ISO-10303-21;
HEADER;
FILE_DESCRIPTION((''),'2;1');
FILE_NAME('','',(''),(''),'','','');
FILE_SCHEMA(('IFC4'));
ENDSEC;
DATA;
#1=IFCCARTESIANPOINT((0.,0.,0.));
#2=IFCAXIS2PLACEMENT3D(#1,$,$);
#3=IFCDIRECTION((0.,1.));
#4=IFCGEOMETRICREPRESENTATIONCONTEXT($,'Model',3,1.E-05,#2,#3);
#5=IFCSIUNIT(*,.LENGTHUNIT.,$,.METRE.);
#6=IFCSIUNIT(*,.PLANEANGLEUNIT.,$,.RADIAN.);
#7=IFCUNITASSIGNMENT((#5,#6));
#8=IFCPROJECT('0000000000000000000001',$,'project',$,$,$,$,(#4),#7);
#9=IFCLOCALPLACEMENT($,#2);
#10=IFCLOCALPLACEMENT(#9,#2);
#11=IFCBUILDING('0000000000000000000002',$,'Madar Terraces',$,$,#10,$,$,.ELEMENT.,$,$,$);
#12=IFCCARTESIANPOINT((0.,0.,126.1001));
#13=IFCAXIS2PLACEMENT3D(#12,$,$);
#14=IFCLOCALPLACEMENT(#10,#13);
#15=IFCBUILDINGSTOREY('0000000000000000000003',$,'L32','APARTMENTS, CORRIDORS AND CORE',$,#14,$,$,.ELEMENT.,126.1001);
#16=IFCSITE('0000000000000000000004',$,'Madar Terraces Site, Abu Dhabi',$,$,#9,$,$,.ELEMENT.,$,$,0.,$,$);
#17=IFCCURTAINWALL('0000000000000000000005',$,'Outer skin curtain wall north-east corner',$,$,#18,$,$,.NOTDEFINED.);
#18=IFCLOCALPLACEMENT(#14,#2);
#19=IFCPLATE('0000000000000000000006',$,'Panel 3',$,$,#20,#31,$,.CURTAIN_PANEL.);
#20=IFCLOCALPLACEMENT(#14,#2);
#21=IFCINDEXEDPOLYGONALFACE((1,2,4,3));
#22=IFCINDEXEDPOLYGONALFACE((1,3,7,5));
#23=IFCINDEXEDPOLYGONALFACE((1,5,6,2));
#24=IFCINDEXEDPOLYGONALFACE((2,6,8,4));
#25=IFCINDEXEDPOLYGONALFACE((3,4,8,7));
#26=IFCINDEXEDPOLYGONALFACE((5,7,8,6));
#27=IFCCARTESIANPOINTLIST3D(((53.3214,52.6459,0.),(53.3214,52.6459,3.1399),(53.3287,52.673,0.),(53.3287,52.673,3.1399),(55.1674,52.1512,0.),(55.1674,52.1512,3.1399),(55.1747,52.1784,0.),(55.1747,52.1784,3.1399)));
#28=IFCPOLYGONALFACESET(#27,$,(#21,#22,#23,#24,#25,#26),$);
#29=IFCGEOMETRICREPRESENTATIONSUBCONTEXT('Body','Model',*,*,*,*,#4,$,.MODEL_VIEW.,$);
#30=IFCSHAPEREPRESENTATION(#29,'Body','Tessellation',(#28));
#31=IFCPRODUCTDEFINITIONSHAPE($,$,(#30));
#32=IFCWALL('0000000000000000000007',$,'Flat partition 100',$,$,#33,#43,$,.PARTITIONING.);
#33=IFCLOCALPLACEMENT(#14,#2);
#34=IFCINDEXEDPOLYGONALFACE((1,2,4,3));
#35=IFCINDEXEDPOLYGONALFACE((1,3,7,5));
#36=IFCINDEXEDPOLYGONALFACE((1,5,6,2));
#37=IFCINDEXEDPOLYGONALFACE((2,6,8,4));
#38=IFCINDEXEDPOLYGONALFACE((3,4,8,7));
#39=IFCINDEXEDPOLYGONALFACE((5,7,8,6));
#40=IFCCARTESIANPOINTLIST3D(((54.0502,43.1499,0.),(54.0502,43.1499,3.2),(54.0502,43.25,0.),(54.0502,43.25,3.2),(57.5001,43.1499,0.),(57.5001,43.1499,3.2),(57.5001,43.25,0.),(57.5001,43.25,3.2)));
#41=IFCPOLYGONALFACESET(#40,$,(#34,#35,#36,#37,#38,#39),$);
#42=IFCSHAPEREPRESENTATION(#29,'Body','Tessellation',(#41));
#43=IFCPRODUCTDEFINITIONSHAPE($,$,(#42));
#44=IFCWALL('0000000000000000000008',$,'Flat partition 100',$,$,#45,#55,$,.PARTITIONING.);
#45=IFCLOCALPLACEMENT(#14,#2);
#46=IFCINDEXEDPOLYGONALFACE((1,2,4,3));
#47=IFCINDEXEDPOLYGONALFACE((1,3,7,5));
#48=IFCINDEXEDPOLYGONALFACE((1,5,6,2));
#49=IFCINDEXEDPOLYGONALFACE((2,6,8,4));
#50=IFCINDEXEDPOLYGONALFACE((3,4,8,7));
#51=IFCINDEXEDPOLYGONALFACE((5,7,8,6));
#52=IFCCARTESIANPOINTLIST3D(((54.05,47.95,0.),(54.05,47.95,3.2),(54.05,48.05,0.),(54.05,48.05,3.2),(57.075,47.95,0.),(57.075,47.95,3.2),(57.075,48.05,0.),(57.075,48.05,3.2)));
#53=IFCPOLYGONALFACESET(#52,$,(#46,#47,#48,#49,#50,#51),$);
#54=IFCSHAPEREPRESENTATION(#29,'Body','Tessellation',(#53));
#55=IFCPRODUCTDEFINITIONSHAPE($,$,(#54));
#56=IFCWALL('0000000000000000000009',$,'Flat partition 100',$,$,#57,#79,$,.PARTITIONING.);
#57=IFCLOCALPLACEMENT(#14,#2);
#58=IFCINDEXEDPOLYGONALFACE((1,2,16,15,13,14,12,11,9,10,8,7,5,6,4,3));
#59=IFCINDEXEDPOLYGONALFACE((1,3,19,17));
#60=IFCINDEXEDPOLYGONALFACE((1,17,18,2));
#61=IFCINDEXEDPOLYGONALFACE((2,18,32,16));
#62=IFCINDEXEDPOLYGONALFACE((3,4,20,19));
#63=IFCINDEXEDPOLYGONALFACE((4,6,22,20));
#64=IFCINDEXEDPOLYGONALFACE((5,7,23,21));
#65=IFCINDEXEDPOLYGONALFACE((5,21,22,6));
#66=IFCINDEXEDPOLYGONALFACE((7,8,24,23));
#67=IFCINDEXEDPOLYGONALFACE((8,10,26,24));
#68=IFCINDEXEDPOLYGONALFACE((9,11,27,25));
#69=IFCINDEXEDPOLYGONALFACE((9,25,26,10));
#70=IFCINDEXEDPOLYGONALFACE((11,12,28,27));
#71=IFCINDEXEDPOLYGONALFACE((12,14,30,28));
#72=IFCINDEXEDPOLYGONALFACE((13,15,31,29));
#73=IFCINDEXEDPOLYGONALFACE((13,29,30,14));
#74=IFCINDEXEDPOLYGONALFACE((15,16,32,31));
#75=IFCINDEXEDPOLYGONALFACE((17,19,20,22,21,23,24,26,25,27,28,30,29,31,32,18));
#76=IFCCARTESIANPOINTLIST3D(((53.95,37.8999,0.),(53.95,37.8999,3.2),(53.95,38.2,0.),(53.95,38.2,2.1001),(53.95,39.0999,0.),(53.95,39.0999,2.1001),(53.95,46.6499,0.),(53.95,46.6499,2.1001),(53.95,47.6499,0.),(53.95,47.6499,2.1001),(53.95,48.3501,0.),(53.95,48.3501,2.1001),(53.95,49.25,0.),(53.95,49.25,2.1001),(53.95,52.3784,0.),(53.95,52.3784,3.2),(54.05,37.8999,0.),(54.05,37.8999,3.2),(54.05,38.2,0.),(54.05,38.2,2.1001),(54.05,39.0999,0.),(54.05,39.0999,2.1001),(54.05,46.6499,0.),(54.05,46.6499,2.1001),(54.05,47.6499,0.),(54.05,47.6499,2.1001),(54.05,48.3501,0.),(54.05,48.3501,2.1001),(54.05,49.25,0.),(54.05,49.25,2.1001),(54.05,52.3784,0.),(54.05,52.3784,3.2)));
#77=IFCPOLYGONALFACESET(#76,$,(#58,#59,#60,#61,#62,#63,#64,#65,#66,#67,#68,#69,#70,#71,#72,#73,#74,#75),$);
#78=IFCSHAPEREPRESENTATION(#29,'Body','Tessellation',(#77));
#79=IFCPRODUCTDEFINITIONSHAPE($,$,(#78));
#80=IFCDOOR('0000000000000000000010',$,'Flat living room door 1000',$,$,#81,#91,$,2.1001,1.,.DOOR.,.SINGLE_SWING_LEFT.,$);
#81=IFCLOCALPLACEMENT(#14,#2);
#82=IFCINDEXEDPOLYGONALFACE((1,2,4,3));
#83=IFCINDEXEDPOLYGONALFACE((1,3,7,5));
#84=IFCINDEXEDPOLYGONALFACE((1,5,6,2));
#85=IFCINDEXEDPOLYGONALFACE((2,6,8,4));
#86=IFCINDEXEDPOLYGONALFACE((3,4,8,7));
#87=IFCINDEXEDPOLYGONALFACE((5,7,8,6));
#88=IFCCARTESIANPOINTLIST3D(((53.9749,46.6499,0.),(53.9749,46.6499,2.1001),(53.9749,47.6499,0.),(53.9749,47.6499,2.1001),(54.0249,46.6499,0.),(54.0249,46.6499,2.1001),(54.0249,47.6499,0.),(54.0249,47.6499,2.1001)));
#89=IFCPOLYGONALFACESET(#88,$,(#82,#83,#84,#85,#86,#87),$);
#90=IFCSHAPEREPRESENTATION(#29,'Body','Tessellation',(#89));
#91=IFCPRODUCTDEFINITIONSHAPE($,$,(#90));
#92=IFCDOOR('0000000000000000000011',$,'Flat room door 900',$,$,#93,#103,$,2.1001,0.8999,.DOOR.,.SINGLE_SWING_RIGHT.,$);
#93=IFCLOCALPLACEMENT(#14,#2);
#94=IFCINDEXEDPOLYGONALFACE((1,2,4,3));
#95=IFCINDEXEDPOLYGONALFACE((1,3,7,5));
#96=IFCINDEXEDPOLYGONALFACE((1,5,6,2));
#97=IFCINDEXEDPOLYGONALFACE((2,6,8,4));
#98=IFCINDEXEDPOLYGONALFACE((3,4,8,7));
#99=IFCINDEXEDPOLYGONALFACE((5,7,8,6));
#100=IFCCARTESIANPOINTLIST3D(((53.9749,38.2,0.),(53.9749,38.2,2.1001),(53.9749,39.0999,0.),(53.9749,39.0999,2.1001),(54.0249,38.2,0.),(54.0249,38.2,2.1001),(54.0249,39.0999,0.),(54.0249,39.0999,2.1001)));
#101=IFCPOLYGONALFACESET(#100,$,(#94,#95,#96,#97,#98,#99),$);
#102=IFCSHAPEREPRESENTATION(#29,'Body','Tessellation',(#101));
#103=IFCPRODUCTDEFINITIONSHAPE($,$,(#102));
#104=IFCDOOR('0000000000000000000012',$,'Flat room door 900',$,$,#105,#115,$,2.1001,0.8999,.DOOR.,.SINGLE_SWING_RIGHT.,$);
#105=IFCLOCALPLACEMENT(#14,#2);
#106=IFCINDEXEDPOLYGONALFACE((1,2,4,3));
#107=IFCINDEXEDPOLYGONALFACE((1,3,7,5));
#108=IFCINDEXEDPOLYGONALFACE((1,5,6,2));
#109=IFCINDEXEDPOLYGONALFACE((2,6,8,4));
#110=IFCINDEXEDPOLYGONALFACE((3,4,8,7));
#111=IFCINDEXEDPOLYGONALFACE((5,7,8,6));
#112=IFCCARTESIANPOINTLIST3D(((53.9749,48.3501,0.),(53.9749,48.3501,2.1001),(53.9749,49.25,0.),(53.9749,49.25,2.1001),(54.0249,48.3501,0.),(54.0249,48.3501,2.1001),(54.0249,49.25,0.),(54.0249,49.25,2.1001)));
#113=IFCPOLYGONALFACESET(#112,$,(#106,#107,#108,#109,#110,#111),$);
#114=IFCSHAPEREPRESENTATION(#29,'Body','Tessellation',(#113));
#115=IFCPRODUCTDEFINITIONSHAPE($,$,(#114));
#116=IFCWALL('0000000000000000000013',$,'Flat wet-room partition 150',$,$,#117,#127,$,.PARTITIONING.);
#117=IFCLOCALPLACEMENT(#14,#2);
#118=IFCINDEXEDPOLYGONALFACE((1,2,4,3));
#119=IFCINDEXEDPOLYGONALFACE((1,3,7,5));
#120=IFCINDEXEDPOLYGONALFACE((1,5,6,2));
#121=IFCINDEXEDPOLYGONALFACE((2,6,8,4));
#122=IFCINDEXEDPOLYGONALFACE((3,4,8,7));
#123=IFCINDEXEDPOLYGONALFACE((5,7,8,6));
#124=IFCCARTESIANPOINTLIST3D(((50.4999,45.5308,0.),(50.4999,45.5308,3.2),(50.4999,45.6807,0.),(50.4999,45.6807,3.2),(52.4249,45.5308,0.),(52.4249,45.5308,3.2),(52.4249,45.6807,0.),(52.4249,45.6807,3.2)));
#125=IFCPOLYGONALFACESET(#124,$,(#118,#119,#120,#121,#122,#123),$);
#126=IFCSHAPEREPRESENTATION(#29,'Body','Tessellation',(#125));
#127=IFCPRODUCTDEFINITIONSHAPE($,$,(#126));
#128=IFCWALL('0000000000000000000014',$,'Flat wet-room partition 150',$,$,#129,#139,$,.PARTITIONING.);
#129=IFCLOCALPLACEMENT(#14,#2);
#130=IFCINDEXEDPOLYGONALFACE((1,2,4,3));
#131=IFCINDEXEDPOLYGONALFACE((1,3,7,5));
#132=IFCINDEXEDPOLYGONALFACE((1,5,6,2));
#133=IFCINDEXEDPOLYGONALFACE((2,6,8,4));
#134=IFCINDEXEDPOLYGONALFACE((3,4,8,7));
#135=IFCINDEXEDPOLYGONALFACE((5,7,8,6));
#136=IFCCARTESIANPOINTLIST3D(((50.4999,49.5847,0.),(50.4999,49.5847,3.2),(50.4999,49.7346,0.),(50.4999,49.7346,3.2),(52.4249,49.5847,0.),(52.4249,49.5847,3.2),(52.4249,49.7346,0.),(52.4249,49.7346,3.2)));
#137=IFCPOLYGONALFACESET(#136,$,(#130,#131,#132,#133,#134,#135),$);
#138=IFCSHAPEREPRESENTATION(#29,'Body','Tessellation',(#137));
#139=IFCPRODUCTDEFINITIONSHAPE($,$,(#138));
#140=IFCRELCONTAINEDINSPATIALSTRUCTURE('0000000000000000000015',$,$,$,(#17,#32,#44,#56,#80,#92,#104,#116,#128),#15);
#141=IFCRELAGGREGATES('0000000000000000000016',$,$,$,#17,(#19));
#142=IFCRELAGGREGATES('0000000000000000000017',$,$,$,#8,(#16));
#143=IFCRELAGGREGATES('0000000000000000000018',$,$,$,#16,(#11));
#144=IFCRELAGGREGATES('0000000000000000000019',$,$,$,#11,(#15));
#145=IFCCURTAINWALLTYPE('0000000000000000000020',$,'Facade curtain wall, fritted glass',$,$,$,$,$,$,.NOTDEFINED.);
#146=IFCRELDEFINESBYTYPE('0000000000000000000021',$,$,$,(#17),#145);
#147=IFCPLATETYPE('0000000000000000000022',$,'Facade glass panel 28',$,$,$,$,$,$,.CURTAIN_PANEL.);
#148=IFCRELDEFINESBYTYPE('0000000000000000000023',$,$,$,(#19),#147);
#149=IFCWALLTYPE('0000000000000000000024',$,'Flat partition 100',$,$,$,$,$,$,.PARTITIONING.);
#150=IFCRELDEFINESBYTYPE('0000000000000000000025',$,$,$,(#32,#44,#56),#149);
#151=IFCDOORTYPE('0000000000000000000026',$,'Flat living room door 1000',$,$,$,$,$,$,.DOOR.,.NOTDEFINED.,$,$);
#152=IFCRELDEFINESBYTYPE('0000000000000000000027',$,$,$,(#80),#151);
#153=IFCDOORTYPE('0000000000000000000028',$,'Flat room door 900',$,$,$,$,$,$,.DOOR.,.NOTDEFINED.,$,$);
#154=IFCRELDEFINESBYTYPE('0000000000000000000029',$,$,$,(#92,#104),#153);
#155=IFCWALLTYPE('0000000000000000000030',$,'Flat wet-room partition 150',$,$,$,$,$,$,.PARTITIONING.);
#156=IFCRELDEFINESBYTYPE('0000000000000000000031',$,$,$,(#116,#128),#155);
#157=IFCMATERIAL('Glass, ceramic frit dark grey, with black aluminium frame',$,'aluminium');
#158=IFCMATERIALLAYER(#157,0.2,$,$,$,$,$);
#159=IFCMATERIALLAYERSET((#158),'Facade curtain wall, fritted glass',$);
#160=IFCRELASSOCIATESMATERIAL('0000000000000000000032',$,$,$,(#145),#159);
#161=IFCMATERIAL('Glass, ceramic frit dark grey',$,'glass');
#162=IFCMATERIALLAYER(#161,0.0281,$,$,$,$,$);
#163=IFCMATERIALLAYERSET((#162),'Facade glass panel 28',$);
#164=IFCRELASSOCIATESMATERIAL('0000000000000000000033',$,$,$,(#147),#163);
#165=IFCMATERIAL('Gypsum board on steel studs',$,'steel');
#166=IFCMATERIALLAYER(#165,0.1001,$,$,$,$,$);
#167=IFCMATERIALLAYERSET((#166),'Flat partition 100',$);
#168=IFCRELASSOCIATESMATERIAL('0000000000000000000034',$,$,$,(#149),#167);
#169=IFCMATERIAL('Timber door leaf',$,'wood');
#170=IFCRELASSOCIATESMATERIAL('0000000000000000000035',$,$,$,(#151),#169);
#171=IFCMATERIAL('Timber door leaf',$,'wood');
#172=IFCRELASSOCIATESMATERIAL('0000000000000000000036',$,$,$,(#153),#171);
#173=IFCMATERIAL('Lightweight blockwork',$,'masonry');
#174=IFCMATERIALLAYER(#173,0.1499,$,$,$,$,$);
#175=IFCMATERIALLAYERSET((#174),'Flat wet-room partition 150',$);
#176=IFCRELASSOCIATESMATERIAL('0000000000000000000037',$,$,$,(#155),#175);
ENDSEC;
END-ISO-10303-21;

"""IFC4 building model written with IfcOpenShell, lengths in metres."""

from ifc_helpers import new_model, si_unit, direction, frame, frame_2d, origin, origin_2d, place, context, subcontext, project, spatial, rectangle, extrude, material, layer, layer_set, type_object, element, fill, aggregate, save


model = new_model("IFC4")

# Units and contexts
model_context = context("Model", 3, precision=1e-05, world=origin(), true_north=direction((0.0, 1.0)))
body_context = subcontext(model_context, "Body", "Model", "MODEL_VIEW")
ifc_project = project(units=[si_unit("LENGTHUNIT", "METRE"), si_unit("PLANEANGLEUNIT", "RADIAN")], contexts=[model_context])

# Site, building, storey
site_placement = place(None, origin())
site = spatial("IfcSite", under=ifc_project, at=site_placement, Name="Madar Terraces Site, Abu Dhabi", CompositionType="ELEMENT", RefElevation=0.0)
building_placement = place(site_placement, origin())
building = spatial("IfcBuilding", under=site, at=building_placement, Name="Madar Terraces", CompositionType="ELEMENT")
storey_placement = place(building_placement, frame((0.0, 0.0, 126.1001)))
storey = spatial("IfcBuildingStorey", under=building, at=storey_placement, Name="L32", Description="APARTMENTS, CORRIDORS AND CORE", CompositionType="ELEMENT", Elevation=126.1001)

# Shared definitions
ifc_material_1 = material(Name="Glass, ceramic frit dark grey, with black aluminium frame", Category="aluminium")
ifc_layer_1 = layer(ifc_material_1, 0.2)
ifc_layer_set_1 = layer_set([ifc_layer_1], Name="Facade curtain wall, fritted glass")
curtain_wall_type = type_object("IfcCurtainWallType", Name="Facade curtain wall, fritted glass", PredefinedType="NOTDEFINED", material=ifc_layer_set_1)

# Curtain wall
curtain_wall_1_placement = place(storey_placement, origin())
curtain_wall_1 = element("IfcCurtainWall", 1, at=curtain_wall_1_placement, inside=storey, type_object=curtain_wall_type, Name="Outer skin curtain wall north-east corner", PredefinedType="NOTDEFINED")

# Plate
ifc_material_2 = material(Name="Glass, ceramic frit dark grey", Category="glass")
ifc_layer_2 = layer(ifc_material_2, 0.0281)
ifc_layer_set_2 = layer_set([ifc_layer_2], Name="Facade glass panel 28")
plate_type = type_object("IfcPlateType", Name="Facade glass panel 28", PredefinedType="CURTAIN_PANEL", material=ifc_layer_set_2)
plate_1_placement = place(storey_placement, frame((54.248, 52.4121, 0.0), z_axis=(0.0, 0.0, 1.0), x_axis=(-0.965926, 0.258819, 0.0)))
plate_1 = element("IfcPlate", 2, at=plate_1_placement, type_object=plate_type, Name="Panel 3", PredefinedType="CURTAIN_PANEL", context=body_context, shape_type="SweptSolid", body=[
    extrude(rectangle(XDim=1.9111, YDim=0.0281, at=origin_2d()), origin(), (0.0, 0.0, 1.0), 3.1399),
])
aggregate(curtain_wall_1, [plate_1])

# Walls
ifc_material_3 = material(Name="Gypsum board on steel studs", Category="steel")
ifc_layer_3 = layer(ifc_material_3, 0.1001)
ifc_layer_set_3 = layer_set([ifc_layer_3], Name="Flat partition 100")
wall_type_1 = type_object("IfcWallType", Name="Flat partition 100", PredefinedType="PARTITIONING", material=ifc_layer_set_3)
wall_1_placement = place(storey_placement, frame((54.05, 43.2, 0.0), z_axis=(0.0, 0.0, 1.0), x_axis=(1.0, 0.0, 0.0)))
element("IfcWall", 3, at=wall_1_placement, inside=storey, type_object=wall_type_1, Name="Flat partition 100", PredefinedType="PARTITIONING", context=body_context, shape_type="SweptSolid", body=[
    extrude(rectangle(XDim=3.45, YDim=0.1001, at=frame_2d((1.7251, 0.0))), origin(), (0.0, 0.0, 1.0), 3.2),
])
wall_2_placement = place(storey_placement, frame((54.05, 48.0, 0.0), z_axis=(0.0, 0.0, 1.0), x_axis=(1.0, 0.0, 0.0)))
element("IfcWall", 4, at=wall_2_placement, inside=storey, type_object=wall_type_1, Name="Flat partition 100", PredefinedType="PARTITIONING", context=body_context, shape_type="SweptSolid", body=[
    extrude(rectangle(XDim=3.0249, YDim=0.1001, at=frame_2d((1.5125, 0.0))), origin(), (0.0, 0.0, 1.0), 3.2),
])

# Wall, openings, doors
wall_3_placement = place(storey_placement, frame((54.0, 52.3784, 0.0), z_axis=(0.0, 0.0, 1.0), x_axis=(0.0, -1.0, 0.0)))
wall_3 = element("IfcWall", 5, at=wall_3_placement, inside=storey, type_object=wall_type_1, Name="Flat partition 100", PredefinedType="PARTITIONING", context=body_context, shape_type="SweptSolid", body=[
    extrude(rectangle(XDim=14.4785, YDim=0.1001, at=frame_2d((7.2393, 0.0))), origin(), (0.0, 0.0, 1.0), 3.2),
])
opening_1_placement = place(wall_3_placement, frame((13.2786, 0.0, 0.0)))
opening_1 = element("IfcOpeningElement", 6, at=opening_1_placement, cuts=wall_3, PredefinedType="OPENING", context=body_context, shape_type="SweptSolid", body=[
    extrude(rectangle(XDim=0.8999, YDim=2.1001, at=frame_2d((0.45, 1.05))), frame((0.0, 0.0601, 0.0), z_axis=(0.0, -1.0, 0.0), x_axis=(1.0, 0.0, 0.0)), (0.0, 0.0, 1.0), 0.1201),
])
opening_2_placement = place(wall_3_placement, frame((4.7285, 0.0, 0.0)))
opening_2 = element("IfcOpeningElement", 7, at=opening_2_placement, cuts=wall_3, PredefinedType="OPENING", context=body_context, shape_type="SweptSolid", body=[
    extrude(rectangle(XDim=1.0, YDim=2.1001, at=frame_2d((0.5, 1.05))), frame((0.0, 0.0601, 0.0), z_axis=(0.0, -1.0, 0.0), x_axis=(1.0, 0.0, 0.0)), (0.0, 0.0, 1.0), 0.1201),
])
opening_3_placement = place(wall_3_placement, frame((3.1284, 0.0, 0.0)))
opening_3 = element("IfcOpeningElement", 8, at=opening_3_placement, cuts=wall_3, PredefinedType="OPENING", context=body_context, shape_type="SweptSolid", body=[
    extrude(rectangle(XDim=0.8999, YDim=2.1001, at=frame_2d((0.45, 1.05))), frame((0.0, 0.0601, 0.0), z_axis=(0.0, -1.0, 0.0), x_axis=(1.0, 0.0, 0.0)), (0.0, 0.0, 1.0), 0.1201),
])
ifc_material_4 = material(Name="Timber door leaf", Category="wood")
door_type_1 = type_object("IfcDoorType", Name="Flat living room door 1000", OperationType="NOTDEFINED", PredefinedType="DOOR", material=ifc_material_4)
door_1_placement = place(opening_2_placement, origin())
door_1 = element("IfcDoor", 9, at=door_1_placement, inside=storey, type_object=door_type_1, Name="Flat living room door 1000", OperationType="SINGLE_SWING_LEFT", OverallHeight=2.1001, OverallWidth=1.0, PredefinedType="DOOR", context=body_context, shape_type="SweptSolid", body=[
    extrude(rectangle(XDim=1.0, YDim=2.1001, at=frame_2d((0.5, 1.05))), frame((0.0, 0.0249, 0.0), z_axis=(0.0, -1.0, 0.0), x_axis=(1.0, 0.0, 0.0)), (0.0, 0.0, 1.0), 0.05),
])
fill(opening_2, door_1)
ifc_material_5 = material(Name="Timber door leaf", Category="wood")
door_type_2 = type_object("IfcDoorType", Name="Flat room door 900", OperationType="NOTDEFINED", PredefinedType="DOOR", material=ifc_material_5)
door_2_placement = place(opening_1_placement, origin())
door_2 = element("IfcDoor", 10, at=door_2_placement, inside=storey, type_object=door_type_2, Name="Flat room door 900", OperationType="SINGLE_SWING_RIGHT", OverallHeight=2.1001, OverallWidth=0.8999, PredefinedType="DOOR", context=body_context, shape_type="SweptSolid", body=[
    extrude(rectangle(XDim=0.8999, YDim=2.1001, at=frame_2d((0.45, 1.05))), frame((0.0, 0.0249, 0.0), z_axis=(0.0, -1.0, 0.0), x_axis=(1.0, 0.0, 0.0)), (0.0, 0.0, 1.0), 0.05),
])
fill(opening_1, door_2)
door_3_placement = place(opening_3_placement, origin())
door_3 = element("IfcDoor", 11, at=door_3_placement, inside=storey, type_object=door_type_2, Name="Flat room door 900", OperationType="SINGLE_SWING_RIGHT", OverallHeight=2.1001, OverallWidth=0.8999, PredefinedType="DOOR", context=body_context, shape_type="SweptSolid", body=[
    extrude(rectangle(XDim=0.8999, YDim=2.1001, at=frame_2d((0.45, 1.05))), frame((0.0, 0.0249, 0.0), z_axis=(0.0, -1.0, 0.0), x_axis=(1.0, 0.0, 0.0)), (0.0, 0.0, 1.0), 0.05),
])
fill(opening_3, door_3)

# Walls
ifc_material_6 = material(Name="Lightweight blockwork", Category="masonry")
ifc_layer_4 = layer(ifc_material_6, 0.1499)
ifc_layer_set_4 = layer_set([ifc_layer_4], Name="Flat wet-room partition 150")
wall_type_2 = type_object("IfcWallType", Name="Flat wet-room partition 150", PredefinedType="PARTITIONING", material=ifc_layer_set_4)
for number, where, z_axis, x_axis, name in (
    (12, (50.5, 45.6057, 0.0), (0.0, 0.0, 1.0), (1.0, 0.0, 0.0), "Flat wet-room partition 150"),
    (13, (50.5, 49.6597, 0.0), (0.0, 0.0, 1.0), (1.0, 0.0, 0.0), "Flat wet-room partition 150"),
):
    element("IfcWall", number, at=place(storey_placement, frame(where, z_axis=z_axis, x_axis=x_axis)), inside=storey, type_object=wall_type_2, Name=name, PredefinedType="PARTITIONING", context=body_context, shape_type="SweptSolid", body=[
        extrude(rectangle(XDim=1.925, YDim=0.1499, at=frame_2d((0.9624, 0.0))), origin(), (0.0, 0.0, 1.0), 3.2),
    ])

save(model, "model.ifc")
